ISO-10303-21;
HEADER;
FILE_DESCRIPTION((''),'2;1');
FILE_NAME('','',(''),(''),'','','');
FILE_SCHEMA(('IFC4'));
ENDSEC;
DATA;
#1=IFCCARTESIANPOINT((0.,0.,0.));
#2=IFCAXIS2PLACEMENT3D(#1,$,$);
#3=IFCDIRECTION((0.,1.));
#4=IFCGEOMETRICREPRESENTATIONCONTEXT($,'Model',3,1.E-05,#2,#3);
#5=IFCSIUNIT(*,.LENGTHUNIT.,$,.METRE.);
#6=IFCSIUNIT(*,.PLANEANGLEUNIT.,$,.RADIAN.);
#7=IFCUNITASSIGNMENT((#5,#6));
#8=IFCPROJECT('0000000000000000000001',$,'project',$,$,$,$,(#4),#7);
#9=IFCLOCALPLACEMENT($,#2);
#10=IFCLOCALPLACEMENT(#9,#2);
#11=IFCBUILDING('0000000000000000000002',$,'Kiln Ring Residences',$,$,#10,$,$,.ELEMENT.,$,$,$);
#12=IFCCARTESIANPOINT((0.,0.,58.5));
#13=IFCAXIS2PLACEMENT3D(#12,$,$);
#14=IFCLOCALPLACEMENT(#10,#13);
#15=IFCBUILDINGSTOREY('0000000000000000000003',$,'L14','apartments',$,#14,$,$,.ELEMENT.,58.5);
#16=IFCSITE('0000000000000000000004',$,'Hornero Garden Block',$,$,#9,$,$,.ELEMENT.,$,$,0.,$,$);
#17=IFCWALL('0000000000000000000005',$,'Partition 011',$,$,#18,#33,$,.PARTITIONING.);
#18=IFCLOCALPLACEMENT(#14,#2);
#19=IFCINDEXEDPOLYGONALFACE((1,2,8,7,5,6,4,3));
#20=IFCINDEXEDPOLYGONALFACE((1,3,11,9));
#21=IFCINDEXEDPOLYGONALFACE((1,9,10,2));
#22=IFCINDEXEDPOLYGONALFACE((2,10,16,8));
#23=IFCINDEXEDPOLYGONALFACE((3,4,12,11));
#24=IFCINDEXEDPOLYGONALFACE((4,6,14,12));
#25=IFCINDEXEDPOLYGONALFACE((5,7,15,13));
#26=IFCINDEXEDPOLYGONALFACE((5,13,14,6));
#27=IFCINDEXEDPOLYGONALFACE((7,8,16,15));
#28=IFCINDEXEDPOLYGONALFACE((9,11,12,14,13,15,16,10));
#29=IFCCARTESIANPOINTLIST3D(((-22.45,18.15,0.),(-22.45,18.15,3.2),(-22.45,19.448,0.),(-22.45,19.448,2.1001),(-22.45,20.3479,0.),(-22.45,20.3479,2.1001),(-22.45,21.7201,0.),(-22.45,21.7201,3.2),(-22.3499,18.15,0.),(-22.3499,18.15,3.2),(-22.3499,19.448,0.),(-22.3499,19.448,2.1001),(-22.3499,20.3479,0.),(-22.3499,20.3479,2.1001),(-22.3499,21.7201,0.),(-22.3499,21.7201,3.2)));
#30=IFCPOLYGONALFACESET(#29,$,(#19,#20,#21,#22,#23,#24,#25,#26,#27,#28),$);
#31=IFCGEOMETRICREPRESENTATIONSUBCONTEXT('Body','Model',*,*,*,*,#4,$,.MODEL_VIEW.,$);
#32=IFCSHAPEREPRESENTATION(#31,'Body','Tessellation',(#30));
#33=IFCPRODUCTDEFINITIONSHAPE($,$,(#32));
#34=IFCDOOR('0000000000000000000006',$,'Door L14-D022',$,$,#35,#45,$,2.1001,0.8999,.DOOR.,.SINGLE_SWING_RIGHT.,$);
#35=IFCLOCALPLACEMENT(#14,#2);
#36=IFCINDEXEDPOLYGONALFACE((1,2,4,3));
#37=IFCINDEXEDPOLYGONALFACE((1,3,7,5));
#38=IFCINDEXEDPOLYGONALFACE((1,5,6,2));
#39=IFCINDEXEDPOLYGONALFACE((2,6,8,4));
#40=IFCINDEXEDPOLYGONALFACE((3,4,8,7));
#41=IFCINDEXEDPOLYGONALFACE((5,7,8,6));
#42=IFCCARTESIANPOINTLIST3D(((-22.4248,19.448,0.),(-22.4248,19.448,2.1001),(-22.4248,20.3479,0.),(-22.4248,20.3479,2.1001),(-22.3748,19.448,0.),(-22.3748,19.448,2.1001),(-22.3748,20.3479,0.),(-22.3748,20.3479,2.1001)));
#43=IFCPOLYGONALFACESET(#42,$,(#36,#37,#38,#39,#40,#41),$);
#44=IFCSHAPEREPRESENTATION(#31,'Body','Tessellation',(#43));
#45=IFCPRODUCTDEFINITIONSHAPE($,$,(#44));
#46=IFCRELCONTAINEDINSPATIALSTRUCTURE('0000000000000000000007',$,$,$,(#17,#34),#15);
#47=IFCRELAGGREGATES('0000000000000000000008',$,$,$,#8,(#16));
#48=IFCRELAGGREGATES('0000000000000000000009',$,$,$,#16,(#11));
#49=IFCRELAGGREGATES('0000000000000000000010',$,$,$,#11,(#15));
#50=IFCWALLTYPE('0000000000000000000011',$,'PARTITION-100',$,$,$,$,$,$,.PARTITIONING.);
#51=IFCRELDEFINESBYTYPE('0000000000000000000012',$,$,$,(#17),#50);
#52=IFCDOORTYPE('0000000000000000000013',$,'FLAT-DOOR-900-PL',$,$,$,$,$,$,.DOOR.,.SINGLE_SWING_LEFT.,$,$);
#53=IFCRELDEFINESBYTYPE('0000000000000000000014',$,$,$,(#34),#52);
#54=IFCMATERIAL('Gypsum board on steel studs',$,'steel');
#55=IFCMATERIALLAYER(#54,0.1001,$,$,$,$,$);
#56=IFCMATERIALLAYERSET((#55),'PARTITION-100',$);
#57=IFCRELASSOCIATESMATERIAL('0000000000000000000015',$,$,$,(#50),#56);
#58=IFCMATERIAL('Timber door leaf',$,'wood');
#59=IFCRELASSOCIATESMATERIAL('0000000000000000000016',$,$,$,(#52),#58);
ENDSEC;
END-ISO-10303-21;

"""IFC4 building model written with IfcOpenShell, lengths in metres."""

from ifc_helpers import new_model, si_unit, direction, frame, frame_2d, origin, place, context, subcontext, project, spatial, rectangle, extrude, material, layer, layer_set, type_object, element, fill, save


model = new_model("IFC4")

# Units and contexts
model_context = context("Model", 3, precision=1e-05, world=origin(), true_north=direction((0.0, 1.0)))
body_context = subcontext(model_context, "Body", "Model", "MODEL_VIEW")
ifc_project = project(units=[si_unit("LENGTHUNIT", "METRE"), si_unit("PLANEANGLEUNIT", "RADIAN")], contexts=[model_context])

# Site, building, storey
site_placement = place(None, origin())
site = spatial("IfcSite", under=ifc_project, at=site_placement, Name="Hornero Garden Block", CompositionType="ELEMENT", RefElevation=0.0)
building_placement = place(site_placement, origin())
building = spatial("IfcBuilding", under=site, at=building_placement, Name="Kiln Ring Residences", CompositionType="ELEMENT")
storey_placement = place(building_placement, frame((0.0, 0.0, 58.5)))
storey = spatial("IfcBuildingStorey", under=building, at=storey_placement, Name="L14", Description="apartments", CompositionType="ELEMENT", Elevation=58.5)

# Shared definitions
ifc_material_1 = material(Name="Gypsum board on steel studs", Category="steel")
ifc_layer_1 = layer(ifc_material_1, 0.1001)
ifc_layer_set_1 = layer_set([ifc_layer_1], Name="PARTITION-100")
wall_type_1 = type_object("IfcWallType", Name="PARTITION-100", PredefinedType="PARTITIONING", material=ifc_layer_set_1)
ifc_material_2 = material(Name="Timber door leaf", Category="wood")
door_type_1 = type_object("IfcDoorType", Name="FLAT-DOOR-900-PL", OperationType="SINGLE_SWING_LEFT", PredefinedType="DOOR", material=ifc_material_2)

# Wall, opening, door
wall_1_placement = place(storey_placement, frame((-22.3999, 18.1499, 0.0), z_axis=(0.0, 0.0, 1.0), x_axis=(0.0, 1.0, 0.0)))
wall_1 = element("IfcWall", 1, at=wall_1_placement, inside=storey, type_object=wall_type_1, Name="Partition 011", PredefinedType="PARTITIONING", context=body_context, shape_type="SweptSolid", body=[
    extrude(rectangle(XDim=3.5701, YDim=0.1001, at=frame_2d((1.7852, 0.0))), origin(), (0.0, 0.0, 1.0), 3.2),
])
opening_1_placement = place(wall_1_placement, frame((1.2981, 0.0, 0.0)))
opening_1 = element("IfcOpeningElement", 2, at=opening_1_placement, cuts=wall_1, PredefinedType="OPENING", context=body_context, shape_type="SweptSolid", body=[
    extrude(rectangle(XDim=0.8999, YDim=2.1001, at=frame_2d((0.45, 1.05))), frame((0.0, 0.0601, 0.0), z_axis=(0.0, -1.0, 0.0), x_axis=(1.0, 0.0, 0.0)), (0.0, 0.0, 1.0), 0.1201),
])
door_1_placement = place(opening_1_placement, origin())
door_1 = element("IfcDoor", 3, at=door_1_placement, inside=storey, type_object=door_type_1, Name="Door L14-D022", OperationType="SINGLE_SWING_RIGHT", OverallHeight=2.1001, OverallWidth=0.8999, PredefinedType="DOOR", context=body_context, shape_type="SweptSolid", body=[
    extrude(rectangle(XDim=0.8999, YDim=2.1001, at=frame_2d((0.45, 1.05))), frame((0.0, 0.0249, 0.0), z_axis=(0.0, -1.0, 0.0), x_axis=(1.0, 0.0, 0.0)), (0.0, 0.0, 1.0), 0.05),
])
fill(opening_1, door_1)

save(model, "model.ifc")
